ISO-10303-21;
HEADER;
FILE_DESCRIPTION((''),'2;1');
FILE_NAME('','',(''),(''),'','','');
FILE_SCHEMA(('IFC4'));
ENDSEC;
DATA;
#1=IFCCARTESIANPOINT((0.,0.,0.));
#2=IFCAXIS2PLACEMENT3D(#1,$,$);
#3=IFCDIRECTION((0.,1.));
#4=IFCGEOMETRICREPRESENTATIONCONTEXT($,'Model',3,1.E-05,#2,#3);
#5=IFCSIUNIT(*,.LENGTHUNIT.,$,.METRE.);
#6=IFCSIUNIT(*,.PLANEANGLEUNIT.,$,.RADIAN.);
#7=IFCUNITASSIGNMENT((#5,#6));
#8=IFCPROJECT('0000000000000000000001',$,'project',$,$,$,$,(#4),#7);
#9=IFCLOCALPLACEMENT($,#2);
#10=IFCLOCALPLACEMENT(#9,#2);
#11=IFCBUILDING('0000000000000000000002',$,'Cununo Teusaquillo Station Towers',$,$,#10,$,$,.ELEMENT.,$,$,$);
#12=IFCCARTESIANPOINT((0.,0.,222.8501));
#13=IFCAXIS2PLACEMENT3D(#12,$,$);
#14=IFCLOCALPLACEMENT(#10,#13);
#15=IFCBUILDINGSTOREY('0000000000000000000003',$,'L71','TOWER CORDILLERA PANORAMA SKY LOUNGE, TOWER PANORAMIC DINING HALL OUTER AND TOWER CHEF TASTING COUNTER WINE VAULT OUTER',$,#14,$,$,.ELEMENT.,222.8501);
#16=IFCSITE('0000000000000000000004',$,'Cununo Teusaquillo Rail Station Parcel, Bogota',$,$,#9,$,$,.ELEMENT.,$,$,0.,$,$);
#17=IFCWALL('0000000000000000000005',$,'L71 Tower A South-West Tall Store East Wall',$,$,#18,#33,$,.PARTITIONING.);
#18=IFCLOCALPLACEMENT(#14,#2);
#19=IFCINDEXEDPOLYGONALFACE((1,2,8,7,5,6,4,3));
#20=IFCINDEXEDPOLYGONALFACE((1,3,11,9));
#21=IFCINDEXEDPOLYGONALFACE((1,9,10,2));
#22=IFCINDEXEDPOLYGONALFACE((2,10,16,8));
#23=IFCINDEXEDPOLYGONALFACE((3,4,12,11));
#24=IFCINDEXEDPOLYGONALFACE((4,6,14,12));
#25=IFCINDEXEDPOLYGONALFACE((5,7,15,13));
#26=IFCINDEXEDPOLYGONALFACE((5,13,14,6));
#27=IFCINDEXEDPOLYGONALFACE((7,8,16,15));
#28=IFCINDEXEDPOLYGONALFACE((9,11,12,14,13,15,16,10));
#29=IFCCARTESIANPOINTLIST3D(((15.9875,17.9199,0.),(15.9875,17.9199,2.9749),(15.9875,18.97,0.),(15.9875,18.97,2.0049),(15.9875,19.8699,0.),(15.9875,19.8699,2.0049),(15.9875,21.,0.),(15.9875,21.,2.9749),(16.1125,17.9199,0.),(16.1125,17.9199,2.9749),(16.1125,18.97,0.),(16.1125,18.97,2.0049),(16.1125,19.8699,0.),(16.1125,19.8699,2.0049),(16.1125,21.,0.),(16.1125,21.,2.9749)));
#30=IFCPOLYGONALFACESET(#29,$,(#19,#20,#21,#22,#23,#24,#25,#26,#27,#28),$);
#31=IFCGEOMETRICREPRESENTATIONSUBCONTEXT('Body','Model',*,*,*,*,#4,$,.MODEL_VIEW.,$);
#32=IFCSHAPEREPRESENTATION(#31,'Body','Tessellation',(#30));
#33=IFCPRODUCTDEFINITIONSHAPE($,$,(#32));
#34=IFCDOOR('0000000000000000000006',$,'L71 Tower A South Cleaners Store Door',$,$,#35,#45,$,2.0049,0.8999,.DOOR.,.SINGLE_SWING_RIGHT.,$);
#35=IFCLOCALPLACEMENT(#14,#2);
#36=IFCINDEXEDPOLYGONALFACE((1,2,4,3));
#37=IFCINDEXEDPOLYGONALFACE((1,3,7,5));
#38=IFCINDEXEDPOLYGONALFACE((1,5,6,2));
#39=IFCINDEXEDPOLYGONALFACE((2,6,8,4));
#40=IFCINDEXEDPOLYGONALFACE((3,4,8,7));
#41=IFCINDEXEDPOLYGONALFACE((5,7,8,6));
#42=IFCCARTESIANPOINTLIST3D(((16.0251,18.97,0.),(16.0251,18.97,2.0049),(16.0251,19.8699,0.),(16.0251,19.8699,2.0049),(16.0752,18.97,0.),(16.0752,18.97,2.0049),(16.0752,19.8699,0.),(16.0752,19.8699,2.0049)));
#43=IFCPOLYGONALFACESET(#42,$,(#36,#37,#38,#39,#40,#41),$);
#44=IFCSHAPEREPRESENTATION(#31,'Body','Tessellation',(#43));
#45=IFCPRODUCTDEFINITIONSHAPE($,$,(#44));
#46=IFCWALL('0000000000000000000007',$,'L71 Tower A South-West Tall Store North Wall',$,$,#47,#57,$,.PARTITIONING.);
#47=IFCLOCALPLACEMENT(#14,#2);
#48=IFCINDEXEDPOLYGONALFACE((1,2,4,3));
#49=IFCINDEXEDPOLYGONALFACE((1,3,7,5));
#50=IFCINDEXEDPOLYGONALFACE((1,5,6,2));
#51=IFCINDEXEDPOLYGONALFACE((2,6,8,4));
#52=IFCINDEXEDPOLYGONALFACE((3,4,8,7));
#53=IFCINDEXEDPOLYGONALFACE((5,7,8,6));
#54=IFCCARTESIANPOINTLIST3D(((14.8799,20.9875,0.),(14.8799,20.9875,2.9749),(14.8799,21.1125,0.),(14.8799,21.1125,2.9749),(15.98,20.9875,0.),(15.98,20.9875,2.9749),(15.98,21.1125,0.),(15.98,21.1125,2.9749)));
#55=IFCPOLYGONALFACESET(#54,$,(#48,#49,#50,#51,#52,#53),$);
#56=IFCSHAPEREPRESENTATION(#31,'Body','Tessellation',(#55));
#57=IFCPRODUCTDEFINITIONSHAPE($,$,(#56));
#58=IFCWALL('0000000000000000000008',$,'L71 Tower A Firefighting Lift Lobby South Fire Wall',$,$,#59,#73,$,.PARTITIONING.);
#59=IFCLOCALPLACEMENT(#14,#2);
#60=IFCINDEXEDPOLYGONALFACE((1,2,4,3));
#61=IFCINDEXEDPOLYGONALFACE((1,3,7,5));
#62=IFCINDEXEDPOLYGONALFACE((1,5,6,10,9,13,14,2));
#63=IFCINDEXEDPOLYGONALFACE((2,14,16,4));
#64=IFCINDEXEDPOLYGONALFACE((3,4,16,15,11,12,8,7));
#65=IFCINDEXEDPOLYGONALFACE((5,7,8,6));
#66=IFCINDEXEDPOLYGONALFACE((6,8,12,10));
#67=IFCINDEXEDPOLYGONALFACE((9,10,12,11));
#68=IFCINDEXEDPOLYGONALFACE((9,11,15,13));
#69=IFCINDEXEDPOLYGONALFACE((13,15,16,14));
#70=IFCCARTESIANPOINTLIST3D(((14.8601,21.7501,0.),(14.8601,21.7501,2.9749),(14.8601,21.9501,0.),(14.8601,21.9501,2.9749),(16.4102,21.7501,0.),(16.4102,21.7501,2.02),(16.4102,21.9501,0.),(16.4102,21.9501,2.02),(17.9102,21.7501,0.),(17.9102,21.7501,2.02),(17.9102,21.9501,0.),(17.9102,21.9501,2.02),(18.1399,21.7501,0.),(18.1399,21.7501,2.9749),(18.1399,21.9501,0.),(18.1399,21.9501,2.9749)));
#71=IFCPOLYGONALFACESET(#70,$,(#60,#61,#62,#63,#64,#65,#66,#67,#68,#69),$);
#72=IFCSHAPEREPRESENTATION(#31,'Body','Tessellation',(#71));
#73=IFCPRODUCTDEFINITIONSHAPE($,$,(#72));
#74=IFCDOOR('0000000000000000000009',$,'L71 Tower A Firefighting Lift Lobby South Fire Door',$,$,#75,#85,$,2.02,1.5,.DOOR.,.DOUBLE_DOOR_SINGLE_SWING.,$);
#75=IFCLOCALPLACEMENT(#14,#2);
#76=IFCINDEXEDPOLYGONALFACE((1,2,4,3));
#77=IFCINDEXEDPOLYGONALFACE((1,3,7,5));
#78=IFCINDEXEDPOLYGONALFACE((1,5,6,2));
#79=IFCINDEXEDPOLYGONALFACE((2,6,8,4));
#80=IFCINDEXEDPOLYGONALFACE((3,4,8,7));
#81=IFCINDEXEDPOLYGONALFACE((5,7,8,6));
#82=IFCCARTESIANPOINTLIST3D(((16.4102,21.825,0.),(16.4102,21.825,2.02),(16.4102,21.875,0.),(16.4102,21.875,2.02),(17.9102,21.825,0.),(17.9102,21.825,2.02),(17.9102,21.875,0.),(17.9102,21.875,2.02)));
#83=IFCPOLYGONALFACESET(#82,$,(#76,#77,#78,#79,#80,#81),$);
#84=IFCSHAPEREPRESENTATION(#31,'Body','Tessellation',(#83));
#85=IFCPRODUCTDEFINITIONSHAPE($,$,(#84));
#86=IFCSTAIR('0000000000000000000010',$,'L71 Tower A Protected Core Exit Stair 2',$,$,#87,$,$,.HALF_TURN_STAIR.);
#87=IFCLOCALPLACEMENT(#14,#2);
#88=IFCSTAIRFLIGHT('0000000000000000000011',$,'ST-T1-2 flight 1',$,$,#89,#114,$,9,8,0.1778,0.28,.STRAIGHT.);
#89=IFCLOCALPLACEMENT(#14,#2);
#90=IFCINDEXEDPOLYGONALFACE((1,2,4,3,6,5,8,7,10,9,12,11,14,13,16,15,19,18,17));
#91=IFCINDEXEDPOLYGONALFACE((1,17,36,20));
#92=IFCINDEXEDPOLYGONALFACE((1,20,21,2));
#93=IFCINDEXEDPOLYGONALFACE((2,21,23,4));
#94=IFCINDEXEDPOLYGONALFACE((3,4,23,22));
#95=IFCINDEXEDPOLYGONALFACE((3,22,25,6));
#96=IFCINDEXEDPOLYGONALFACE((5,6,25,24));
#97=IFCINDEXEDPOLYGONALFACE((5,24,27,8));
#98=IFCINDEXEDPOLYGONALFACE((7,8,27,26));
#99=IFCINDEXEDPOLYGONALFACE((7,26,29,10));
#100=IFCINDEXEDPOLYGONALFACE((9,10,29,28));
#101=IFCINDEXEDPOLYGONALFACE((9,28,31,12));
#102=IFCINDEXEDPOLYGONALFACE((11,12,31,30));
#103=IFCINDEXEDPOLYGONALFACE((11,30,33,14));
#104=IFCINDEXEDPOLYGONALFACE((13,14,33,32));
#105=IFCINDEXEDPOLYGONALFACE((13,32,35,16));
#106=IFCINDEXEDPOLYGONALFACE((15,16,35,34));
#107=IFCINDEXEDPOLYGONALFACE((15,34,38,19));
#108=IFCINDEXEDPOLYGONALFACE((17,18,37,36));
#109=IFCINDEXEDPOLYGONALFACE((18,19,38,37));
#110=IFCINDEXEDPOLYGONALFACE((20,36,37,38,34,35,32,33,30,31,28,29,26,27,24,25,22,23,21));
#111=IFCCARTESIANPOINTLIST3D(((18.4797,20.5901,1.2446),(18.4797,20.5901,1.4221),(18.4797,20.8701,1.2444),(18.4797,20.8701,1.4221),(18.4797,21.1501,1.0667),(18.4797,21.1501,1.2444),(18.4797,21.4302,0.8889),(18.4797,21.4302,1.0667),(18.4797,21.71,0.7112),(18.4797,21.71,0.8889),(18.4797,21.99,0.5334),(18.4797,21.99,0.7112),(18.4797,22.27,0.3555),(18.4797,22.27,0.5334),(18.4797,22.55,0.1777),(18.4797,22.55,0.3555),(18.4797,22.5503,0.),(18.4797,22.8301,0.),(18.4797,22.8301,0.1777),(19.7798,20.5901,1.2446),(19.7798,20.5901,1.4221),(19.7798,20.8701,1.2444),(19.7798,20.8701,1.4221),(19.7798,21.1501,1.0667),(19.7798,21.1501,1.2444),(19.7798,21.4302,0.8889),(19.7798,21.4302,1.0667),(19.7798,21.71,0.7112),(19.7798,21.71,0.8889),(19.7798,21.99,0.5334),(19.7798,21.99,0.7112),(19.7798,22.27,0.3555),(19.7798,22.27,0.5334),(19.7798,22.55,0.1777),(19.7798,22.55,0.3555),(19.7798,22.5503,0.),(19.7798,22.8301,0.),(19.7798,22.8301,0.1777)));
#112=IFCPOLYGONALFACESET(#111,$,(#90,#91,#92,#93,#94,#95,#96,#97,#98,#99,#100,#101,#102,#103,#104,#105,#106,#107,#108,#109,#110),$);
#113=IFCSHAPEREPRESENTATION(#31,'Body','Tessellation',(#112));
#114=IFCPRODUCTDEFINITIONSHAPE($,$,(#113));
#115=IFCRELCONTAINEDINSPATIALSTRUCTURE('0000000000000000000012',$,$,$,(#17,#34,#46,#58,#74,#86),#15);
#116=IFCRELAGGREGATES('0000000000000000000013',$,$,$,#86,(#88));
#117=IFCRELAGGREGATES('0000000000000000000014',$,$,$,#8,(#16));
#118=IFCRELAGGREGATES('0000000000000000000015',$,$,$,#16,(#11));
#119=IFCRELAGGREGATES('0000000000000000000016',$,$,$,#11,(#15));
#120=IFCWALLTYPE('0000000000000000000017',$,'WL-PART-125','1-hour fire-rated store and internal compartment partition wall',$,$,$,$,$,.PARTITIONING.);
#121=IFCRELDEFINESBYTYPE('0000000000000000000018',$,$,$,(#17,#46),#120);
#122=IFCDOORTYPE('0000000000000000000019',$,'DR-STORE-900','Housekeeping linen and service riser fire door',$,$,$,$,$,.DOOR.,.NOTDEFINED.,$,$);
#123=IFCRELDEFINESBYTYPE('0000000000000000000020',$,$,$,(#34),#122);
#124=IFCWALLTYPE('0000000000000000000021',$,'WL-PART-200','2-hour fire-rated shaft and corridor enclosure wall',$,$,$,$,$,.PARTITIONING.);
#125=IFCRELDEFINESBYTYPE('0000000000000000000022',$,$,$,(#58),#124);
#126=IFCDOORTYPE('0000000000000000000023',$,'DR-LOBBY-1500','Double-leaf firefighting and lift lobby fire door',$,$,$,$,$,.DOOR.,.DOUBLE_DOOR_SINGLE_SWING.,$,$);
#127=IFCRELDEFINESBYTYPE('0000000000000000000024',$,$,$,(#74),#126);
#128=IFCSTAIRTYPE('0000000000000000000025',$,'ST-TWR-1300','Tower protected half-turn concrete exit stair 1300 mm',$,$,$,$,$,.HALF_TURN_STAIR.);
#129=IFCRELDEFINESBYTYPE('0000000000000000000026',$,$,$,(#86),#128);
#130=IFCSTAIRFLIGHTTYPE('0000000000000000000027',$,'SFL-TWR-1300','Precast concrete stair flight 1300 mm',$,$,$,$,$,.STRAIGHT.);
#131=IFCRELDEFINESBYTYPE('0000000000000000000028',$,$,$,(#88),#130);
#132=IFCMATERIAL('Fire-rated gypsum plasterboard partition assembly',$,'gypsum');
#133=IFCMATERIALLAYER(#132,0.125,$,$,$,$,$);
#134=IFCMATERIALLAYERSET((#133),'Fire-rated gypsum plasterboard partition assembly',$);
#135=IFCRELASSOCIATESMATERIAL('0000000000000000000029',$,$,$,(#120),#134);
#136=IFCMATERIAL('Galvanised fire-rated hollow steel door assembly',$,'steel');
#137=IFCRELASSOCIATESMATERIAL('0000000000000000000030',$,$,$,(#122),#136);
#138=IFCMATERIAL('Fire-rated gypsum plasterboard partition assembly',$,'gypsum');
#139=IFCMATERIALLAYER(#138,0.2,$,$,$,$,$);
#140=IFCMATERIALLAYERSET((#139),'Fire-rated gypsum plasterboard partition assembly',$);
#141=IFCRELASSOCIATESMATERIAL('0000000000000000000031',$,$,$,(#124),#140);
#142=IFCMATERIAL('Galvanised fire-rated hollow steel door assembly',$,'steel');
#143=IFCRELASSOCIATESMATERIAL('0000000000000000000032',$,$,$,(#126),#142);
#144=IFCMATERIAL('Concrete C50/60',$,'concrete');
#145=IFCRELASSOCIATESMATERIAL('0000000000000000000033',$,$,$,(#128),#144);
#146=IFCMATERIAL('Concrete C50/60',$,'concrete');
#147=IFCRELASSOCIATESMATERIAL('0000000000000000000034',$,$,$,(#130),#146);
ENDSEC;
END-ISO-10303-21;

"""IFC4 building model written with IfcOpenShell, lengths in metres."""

from ifc_helpers import new_model, si_unit, direction, frame, frame_2d, origin, place, context, subcontext, project, spatial, polyline, rectangle, outline, extrude, source, transform, mapped, material, layer, layer_set, type_object, element, fill, aggregate, save


model = new_model("IFC4")

# Units and contexts
model_context = context("Model", 3, precision=1e-05, world=origin(), true_north=direction((0.0, 1.0)))
body_context = subcontext(model_context, "Body", "Model", "MODEL_VIEW")
ifc_project = project(units=[si_unit("LENGTHUNIT", "METRE"), si_unit("PLANEANGLEUNIT", "RADIAN")], contexts=[model_context])

# Site, building, storey
site_placement = place(None, origin())
site = spatial("IfcSite", under=ifc_project, at=site_placement, Name="Cununo Teusaquillo Rail Station Parcel, Bogota", CompositionType="ELEMENT", RefElevation=0.0)
building_placement = place(site_placement, origin())
building = spatial("IfcBuilding", under=site, at=building_placement, Name="Cununo Teusaquillo Station Towers", CompositionType="ELEMENT")
storey_placement = place(building_placement, frame((0.0, 0.0, 222.8501)))
storey = spatial("IfcBuildingStorey", under=building, at=storey_placement, Name="L71", Description="TOWER CORDILLERA PANORAMA SKY LOUNGE, TOWER PANORAMIC DINING HALL OUTER AND TOWER CHEF TASTING COUNTER WINE VAULT OUTER", CompositionType="ELEMENT", Elevation=222.8501)

# Wall, opening, door
ifc_material_1 = material(Name="Fire-rated gypsum plasterboard partition assembly", Category="gypsum")
ifc_layer_1 = layer(ifc_material_1, 0.125)
ifc_layer_set_1 = layer_set([ifc_layer_1], Name="Fire-rated gypsum plasterboard partition assembly")
wall_type_1 = type_object("IfcWallType", Name="WL-PART-125", Description="1-hour fire-rated store and internal compartment partition wall", PredefinedType="PARTITIONING", material=ifc_layer_set_1)
wall_1_placement = place(storey_placement, frame((16.05, 17.9199, 0.0), z_axis=(0.0, 0.0, 1.0), x_axis=(0.0, 1.0, 0.0)))
wall_1 = element("IfcWall", 1, at=wall_1_placement, inside=storey, type_object=wall_type_1, Name="L71 Tower A South-West Tall Store East Wall", PredefinedType="PARTITIONING", context=body_context, shape_type="SweptSolid", body=[
    extrude(rectangle(XDim=3.0801, YDim=0.125, at=frame_2d((1.54, 0.0))), origin(), (0.0, 0.0, 1.0), 2.9749),
])
shared_shape_1 = source(origin(), body_context, "Body", "SweptSolid", [
    extrude(rectangle(XDim=0.8999, YDim=2.0049, at=frame_2d((0.45, 1.0024))), frame((0.0, 0.0725, 0.0), z_axis=(0.0, -1.0, 0.0), x_axis=(1.0, 0.0, 0.0)), (0.0, 0.0, 1.0), 0.145),
])
opening_1_placement = place(wall_1_placement, frame((1.05, 0.0, 0.0)))
opening_1 = element("IfcOpeningElement", 2, at=opening_1_placement, cuts=wall_1, PredefinedType="OPENING", context=body_context, shape_type="MappedRepresentation", body=[
    mapped(shared_shape_1, transform((0.0, 0.0, 0.0), x_axis=(1.0, 0.0, 0.0), y_axis=(0.0, 1.0, 0.0), z_axis=(0.0, 0.0, 1.0), scale=1.0)),
])
ifc_material_2 = material(Name="Galvanised fire-rated hollow steel door assembly", Category="steel")
door_type_1 = type_object("IfcDoorType", Name="DR-STORE-900", Description="Housekeeping linen and service riser fire door", OperationType="NOTDEFINED", PredefinedType="DOOR", material=ifc_material_2)
shared_shape_2 = source(origin(), body_context, "Body", "SweptSolid", [
    extrude(rectangle(XDim=0.8999, YDim=2.0049, at=frame_2d((0.45, 1.0024))), frame((0.0, 0.0249, 0.0), z_axis=(0.0, -1.0, 0.0), x_axis=(1.0, 0.0, 0.0)), (0.0, 0.0, 1.0), 0.05),
])
door_1_placement = place(opening_1_placement, origin())
door_1 = element("IfcDoor", 3, at=door_1_placement, inside=storey, type_object=door_type_1, Name="L71 Tower A South Cleaners Store Door", OperationType="SINGLE_SWING_RIGHT", OverallHeight=2.0049, OverallWidth=0.8999, PredefinedType="DOOR", context=body_context, shape_type="MappedRepresentation", body=[
    mapped(shared_shape_2, transform((0.0, 0.0, 0.0), x_axis=(1.0, 0.0, 0.0), y_axis=(0.0, 1.0, 0.0), z_axis=(0.0, 0.0, 1.0), scale=1.0)),
])
fill(opening_1, door_1)

# Wall
wall_2_placement = place(storey_placement, frame((14.8799, 21.05, 0.0), z_axis=(0.0, 0.0, 1.0), x_axis=(1.0, 0.0, 0.0)))
element("IfcWall", 4, at=wall_2_placement, inside=storey, type_object=wall_type_1, Name="L71 Tower A South-West Tall Store North Wall", PredefinedType="PARTITIONING", context=body_context, shape_type="SweptSolid", body=[
    extrude(rectangle(XDim=1.1001, YDim=0.125, at=frame_2d((0.55, 0.0))), origin(), (0.0, 0.0, 1.0), 2.9749),
])

# Wall, opening, door
ifc_material_3 = material(Name="Fire-rated gypsum plasterboard partition assembly", Category="gypsum")
ifc_layer_2 = layer(ifc_material_3, 0.2)
ifc_layer_set_2 = layer_set([ifc_layer_2], Name="Fire-rated gypsum plasterboard partition assembly")
wall_type_2 = type_object("IfcWallType", Name="WL-PART-200", Description="2-hour fire-rated shaft and corridor enclosure wall", PredefinedType="PARTITIONING", material=ifc_layer_set_2)
wall_3_placement = place(storey_placement, frame((14.8601, 21.8501, 0.0), z_axis=(0.0, 0.0, 1.0), x_axis=(1.0, 0.0, 0.0)))
wall_3 = element("IfcWall", 5, at=wall_3_placement, inside=storey, type_object=wall_type_2, Name="L71 Tower A Firefighting Lift Lobby South Fire Wall", PredefinedType="PARTITIONING", context=body_context, shape_type="SweptSolid", body=[
    extrude(rectangle(XDim=3.2798, YDim=0.2, at=frame_2d((1.6399, 0.0))), origin(), (0.0, 0.0, 1.0), 2.9749),
])
shared_shape_3 = source(origin(), body_context, "Body", "SweptSolid", [
    extrude(rectangle(XDim=1.5, YDim=2.02, at=frame_2d((0.75, 1.01))), frame((0.0, 0.1099, 0.0), z_axis=(0.0, -1.0, 0.0), x_axis=(1.0, 0.0, 0.0)), (0.0, 0.0, 1.0), 0.22),
])
opening_2_placement = place(wall_3_placement, frame((1.55, 0.0, 0.0)))
opening_2 = element("IfcOpeningElement", 6, at=opening_2_placement, cuts=wall_3, PredefinedType="OPENING", context=body_context, shape_type="MappedRepresentation", body=[
    mapped(shared_shape_3, transform((0.0, 0.0, 0.0), x_axis=(1.0, 0.0, 0.0), y_axis=(0.0, 1.0, 0.0), z_axis=(0.0, 0.0, 1.0), scale=1.0)),
])
ifc_material_4 = material(Name="Galvanised fire-rated hollow steel door assembly", Category="steel")
door_type_2 = type_object("IfcDoorType", Name="DR-LOBBY-1500", Description="Double-leaf firefighting and lift lobby fire door", OperationType="DOUBLE_DOOR_SINGLE_SWING", PredefinedType="DOOR", material=ifc_material_4)
shared_shape_4 = source(origin(), body_context, "Body", "SweptSolid", [
    extrude(rectangle(XDim=1.5, YDim=2.02, at=frame_2d((0.75, 1.01))), frame((0.0, 0.0249, 0.0), z_axis=(0.0, -1.0, 0.0), x_axis=(1.0, 0.0, 0.0)), (0.0, 0.0, 1.0), 0.05),
])
door_2_placement = place(opening_2_placement, origin())
door_2 = element("IfcDoor", 7, at=door_2_placement, inside=storey, type_object=door_type_2, Name="L71 Tower A Firefighting Lift Lobby South Fire Door", OperationType="DOUBLE_DOOR_SINGLE_SWING", OverallHeight=2.02, OverallWidth=1.5, PredefinedType="DOOR", context=body_context, shape_type="MappedRepresentation", body=[
    mapped(shared_shape_4, transform((0.0, 0.0, 0.0), x_axis=(1.0, 0.0, 0.0), y_axis=(0.0, 1.0, 0.0), z_axis=(0.0, 0.0, 1.0), scale=1.0)),
])
fill(opening_2, door_2)

# Stair, stair flight
ifc_material_5 = material(Name="Concrete C50/60", Category="concrete")
stair_type = type_object("IfcStairType", Name="ST-TWR-1300", Description="Tower protected half-turn concrete exit stair 1300 mm", PredefinedType="HALF_TURN_STAIR", material=ifc_material_5)
stair_placement = place(storey_placement, origin())
stair = element("IfcStair", 8, at=stair_placement, inside=storey, type_object=stair_type, Name="L71 Tower A Protected Core Exit Stair 2", PredefinedType="HALF_TURN_STAIR")
ifc_material_6 = material(Name="Concrete C50/60", Category="concrete")
stair_flight_type = type_object("IfcStairFlightType", Name="SFL-TWR-1300", Description="Precast concrete stair flight 1300 mm", PredefinedType="STRAIGHT", material=ifc_material_6)
stair_flight_placement = place(storey_placement, frame((19.1299, 22.8301, 0.0), z_axis=(0.0, 0.0, 1.0), x_axis=(0.0, -1.0, 0.0)))
stair_flight = element("IfcStairFlight", 9, at=stair_flight_placement, type_object=stair_flight_type, Name="ST-T1-2 flight 1", NumberOfRisers=9, NumberOfTreads=8, PredefinedType="STRAIGHT", RiserHeight=0.1778, TreadLength=0.28, context=body_context, shape_type="SweptSolid", body=[
    extrude(outline(polyline([(0.0, 0.0), (0.0, 0.1777), (0.28, 0.1777), (0.28, 0.3555), (0.5601, 0.3555), (0.5601, 0.5334), (0.8401, 0.5334), (0.8401, 0.7112), (1.1201, 0.7112), (1.1201, 0.8889), (1.3999, 0.8889), (1.3999, 1.0667), (1.6799, 1.0667), (1.6799, 1.2444), (1.96, 1.2444), (1.96, 1.4221), (2.24, 1.4221), (2.24, 1.6001), (2.24, 1.2446), (0.2798, 0.0), (0.0, 0.0)])), frame((0.0, 0.6499, 0.0), z_axis=(0.0, -1.0, 0.0), x_axis=(1.0, 0.0, 0.0)), (0.0, 0.0, 1.0), 1.3),
])
aggregate(stair, [stair_flight])

save(model, "model.ifc")
